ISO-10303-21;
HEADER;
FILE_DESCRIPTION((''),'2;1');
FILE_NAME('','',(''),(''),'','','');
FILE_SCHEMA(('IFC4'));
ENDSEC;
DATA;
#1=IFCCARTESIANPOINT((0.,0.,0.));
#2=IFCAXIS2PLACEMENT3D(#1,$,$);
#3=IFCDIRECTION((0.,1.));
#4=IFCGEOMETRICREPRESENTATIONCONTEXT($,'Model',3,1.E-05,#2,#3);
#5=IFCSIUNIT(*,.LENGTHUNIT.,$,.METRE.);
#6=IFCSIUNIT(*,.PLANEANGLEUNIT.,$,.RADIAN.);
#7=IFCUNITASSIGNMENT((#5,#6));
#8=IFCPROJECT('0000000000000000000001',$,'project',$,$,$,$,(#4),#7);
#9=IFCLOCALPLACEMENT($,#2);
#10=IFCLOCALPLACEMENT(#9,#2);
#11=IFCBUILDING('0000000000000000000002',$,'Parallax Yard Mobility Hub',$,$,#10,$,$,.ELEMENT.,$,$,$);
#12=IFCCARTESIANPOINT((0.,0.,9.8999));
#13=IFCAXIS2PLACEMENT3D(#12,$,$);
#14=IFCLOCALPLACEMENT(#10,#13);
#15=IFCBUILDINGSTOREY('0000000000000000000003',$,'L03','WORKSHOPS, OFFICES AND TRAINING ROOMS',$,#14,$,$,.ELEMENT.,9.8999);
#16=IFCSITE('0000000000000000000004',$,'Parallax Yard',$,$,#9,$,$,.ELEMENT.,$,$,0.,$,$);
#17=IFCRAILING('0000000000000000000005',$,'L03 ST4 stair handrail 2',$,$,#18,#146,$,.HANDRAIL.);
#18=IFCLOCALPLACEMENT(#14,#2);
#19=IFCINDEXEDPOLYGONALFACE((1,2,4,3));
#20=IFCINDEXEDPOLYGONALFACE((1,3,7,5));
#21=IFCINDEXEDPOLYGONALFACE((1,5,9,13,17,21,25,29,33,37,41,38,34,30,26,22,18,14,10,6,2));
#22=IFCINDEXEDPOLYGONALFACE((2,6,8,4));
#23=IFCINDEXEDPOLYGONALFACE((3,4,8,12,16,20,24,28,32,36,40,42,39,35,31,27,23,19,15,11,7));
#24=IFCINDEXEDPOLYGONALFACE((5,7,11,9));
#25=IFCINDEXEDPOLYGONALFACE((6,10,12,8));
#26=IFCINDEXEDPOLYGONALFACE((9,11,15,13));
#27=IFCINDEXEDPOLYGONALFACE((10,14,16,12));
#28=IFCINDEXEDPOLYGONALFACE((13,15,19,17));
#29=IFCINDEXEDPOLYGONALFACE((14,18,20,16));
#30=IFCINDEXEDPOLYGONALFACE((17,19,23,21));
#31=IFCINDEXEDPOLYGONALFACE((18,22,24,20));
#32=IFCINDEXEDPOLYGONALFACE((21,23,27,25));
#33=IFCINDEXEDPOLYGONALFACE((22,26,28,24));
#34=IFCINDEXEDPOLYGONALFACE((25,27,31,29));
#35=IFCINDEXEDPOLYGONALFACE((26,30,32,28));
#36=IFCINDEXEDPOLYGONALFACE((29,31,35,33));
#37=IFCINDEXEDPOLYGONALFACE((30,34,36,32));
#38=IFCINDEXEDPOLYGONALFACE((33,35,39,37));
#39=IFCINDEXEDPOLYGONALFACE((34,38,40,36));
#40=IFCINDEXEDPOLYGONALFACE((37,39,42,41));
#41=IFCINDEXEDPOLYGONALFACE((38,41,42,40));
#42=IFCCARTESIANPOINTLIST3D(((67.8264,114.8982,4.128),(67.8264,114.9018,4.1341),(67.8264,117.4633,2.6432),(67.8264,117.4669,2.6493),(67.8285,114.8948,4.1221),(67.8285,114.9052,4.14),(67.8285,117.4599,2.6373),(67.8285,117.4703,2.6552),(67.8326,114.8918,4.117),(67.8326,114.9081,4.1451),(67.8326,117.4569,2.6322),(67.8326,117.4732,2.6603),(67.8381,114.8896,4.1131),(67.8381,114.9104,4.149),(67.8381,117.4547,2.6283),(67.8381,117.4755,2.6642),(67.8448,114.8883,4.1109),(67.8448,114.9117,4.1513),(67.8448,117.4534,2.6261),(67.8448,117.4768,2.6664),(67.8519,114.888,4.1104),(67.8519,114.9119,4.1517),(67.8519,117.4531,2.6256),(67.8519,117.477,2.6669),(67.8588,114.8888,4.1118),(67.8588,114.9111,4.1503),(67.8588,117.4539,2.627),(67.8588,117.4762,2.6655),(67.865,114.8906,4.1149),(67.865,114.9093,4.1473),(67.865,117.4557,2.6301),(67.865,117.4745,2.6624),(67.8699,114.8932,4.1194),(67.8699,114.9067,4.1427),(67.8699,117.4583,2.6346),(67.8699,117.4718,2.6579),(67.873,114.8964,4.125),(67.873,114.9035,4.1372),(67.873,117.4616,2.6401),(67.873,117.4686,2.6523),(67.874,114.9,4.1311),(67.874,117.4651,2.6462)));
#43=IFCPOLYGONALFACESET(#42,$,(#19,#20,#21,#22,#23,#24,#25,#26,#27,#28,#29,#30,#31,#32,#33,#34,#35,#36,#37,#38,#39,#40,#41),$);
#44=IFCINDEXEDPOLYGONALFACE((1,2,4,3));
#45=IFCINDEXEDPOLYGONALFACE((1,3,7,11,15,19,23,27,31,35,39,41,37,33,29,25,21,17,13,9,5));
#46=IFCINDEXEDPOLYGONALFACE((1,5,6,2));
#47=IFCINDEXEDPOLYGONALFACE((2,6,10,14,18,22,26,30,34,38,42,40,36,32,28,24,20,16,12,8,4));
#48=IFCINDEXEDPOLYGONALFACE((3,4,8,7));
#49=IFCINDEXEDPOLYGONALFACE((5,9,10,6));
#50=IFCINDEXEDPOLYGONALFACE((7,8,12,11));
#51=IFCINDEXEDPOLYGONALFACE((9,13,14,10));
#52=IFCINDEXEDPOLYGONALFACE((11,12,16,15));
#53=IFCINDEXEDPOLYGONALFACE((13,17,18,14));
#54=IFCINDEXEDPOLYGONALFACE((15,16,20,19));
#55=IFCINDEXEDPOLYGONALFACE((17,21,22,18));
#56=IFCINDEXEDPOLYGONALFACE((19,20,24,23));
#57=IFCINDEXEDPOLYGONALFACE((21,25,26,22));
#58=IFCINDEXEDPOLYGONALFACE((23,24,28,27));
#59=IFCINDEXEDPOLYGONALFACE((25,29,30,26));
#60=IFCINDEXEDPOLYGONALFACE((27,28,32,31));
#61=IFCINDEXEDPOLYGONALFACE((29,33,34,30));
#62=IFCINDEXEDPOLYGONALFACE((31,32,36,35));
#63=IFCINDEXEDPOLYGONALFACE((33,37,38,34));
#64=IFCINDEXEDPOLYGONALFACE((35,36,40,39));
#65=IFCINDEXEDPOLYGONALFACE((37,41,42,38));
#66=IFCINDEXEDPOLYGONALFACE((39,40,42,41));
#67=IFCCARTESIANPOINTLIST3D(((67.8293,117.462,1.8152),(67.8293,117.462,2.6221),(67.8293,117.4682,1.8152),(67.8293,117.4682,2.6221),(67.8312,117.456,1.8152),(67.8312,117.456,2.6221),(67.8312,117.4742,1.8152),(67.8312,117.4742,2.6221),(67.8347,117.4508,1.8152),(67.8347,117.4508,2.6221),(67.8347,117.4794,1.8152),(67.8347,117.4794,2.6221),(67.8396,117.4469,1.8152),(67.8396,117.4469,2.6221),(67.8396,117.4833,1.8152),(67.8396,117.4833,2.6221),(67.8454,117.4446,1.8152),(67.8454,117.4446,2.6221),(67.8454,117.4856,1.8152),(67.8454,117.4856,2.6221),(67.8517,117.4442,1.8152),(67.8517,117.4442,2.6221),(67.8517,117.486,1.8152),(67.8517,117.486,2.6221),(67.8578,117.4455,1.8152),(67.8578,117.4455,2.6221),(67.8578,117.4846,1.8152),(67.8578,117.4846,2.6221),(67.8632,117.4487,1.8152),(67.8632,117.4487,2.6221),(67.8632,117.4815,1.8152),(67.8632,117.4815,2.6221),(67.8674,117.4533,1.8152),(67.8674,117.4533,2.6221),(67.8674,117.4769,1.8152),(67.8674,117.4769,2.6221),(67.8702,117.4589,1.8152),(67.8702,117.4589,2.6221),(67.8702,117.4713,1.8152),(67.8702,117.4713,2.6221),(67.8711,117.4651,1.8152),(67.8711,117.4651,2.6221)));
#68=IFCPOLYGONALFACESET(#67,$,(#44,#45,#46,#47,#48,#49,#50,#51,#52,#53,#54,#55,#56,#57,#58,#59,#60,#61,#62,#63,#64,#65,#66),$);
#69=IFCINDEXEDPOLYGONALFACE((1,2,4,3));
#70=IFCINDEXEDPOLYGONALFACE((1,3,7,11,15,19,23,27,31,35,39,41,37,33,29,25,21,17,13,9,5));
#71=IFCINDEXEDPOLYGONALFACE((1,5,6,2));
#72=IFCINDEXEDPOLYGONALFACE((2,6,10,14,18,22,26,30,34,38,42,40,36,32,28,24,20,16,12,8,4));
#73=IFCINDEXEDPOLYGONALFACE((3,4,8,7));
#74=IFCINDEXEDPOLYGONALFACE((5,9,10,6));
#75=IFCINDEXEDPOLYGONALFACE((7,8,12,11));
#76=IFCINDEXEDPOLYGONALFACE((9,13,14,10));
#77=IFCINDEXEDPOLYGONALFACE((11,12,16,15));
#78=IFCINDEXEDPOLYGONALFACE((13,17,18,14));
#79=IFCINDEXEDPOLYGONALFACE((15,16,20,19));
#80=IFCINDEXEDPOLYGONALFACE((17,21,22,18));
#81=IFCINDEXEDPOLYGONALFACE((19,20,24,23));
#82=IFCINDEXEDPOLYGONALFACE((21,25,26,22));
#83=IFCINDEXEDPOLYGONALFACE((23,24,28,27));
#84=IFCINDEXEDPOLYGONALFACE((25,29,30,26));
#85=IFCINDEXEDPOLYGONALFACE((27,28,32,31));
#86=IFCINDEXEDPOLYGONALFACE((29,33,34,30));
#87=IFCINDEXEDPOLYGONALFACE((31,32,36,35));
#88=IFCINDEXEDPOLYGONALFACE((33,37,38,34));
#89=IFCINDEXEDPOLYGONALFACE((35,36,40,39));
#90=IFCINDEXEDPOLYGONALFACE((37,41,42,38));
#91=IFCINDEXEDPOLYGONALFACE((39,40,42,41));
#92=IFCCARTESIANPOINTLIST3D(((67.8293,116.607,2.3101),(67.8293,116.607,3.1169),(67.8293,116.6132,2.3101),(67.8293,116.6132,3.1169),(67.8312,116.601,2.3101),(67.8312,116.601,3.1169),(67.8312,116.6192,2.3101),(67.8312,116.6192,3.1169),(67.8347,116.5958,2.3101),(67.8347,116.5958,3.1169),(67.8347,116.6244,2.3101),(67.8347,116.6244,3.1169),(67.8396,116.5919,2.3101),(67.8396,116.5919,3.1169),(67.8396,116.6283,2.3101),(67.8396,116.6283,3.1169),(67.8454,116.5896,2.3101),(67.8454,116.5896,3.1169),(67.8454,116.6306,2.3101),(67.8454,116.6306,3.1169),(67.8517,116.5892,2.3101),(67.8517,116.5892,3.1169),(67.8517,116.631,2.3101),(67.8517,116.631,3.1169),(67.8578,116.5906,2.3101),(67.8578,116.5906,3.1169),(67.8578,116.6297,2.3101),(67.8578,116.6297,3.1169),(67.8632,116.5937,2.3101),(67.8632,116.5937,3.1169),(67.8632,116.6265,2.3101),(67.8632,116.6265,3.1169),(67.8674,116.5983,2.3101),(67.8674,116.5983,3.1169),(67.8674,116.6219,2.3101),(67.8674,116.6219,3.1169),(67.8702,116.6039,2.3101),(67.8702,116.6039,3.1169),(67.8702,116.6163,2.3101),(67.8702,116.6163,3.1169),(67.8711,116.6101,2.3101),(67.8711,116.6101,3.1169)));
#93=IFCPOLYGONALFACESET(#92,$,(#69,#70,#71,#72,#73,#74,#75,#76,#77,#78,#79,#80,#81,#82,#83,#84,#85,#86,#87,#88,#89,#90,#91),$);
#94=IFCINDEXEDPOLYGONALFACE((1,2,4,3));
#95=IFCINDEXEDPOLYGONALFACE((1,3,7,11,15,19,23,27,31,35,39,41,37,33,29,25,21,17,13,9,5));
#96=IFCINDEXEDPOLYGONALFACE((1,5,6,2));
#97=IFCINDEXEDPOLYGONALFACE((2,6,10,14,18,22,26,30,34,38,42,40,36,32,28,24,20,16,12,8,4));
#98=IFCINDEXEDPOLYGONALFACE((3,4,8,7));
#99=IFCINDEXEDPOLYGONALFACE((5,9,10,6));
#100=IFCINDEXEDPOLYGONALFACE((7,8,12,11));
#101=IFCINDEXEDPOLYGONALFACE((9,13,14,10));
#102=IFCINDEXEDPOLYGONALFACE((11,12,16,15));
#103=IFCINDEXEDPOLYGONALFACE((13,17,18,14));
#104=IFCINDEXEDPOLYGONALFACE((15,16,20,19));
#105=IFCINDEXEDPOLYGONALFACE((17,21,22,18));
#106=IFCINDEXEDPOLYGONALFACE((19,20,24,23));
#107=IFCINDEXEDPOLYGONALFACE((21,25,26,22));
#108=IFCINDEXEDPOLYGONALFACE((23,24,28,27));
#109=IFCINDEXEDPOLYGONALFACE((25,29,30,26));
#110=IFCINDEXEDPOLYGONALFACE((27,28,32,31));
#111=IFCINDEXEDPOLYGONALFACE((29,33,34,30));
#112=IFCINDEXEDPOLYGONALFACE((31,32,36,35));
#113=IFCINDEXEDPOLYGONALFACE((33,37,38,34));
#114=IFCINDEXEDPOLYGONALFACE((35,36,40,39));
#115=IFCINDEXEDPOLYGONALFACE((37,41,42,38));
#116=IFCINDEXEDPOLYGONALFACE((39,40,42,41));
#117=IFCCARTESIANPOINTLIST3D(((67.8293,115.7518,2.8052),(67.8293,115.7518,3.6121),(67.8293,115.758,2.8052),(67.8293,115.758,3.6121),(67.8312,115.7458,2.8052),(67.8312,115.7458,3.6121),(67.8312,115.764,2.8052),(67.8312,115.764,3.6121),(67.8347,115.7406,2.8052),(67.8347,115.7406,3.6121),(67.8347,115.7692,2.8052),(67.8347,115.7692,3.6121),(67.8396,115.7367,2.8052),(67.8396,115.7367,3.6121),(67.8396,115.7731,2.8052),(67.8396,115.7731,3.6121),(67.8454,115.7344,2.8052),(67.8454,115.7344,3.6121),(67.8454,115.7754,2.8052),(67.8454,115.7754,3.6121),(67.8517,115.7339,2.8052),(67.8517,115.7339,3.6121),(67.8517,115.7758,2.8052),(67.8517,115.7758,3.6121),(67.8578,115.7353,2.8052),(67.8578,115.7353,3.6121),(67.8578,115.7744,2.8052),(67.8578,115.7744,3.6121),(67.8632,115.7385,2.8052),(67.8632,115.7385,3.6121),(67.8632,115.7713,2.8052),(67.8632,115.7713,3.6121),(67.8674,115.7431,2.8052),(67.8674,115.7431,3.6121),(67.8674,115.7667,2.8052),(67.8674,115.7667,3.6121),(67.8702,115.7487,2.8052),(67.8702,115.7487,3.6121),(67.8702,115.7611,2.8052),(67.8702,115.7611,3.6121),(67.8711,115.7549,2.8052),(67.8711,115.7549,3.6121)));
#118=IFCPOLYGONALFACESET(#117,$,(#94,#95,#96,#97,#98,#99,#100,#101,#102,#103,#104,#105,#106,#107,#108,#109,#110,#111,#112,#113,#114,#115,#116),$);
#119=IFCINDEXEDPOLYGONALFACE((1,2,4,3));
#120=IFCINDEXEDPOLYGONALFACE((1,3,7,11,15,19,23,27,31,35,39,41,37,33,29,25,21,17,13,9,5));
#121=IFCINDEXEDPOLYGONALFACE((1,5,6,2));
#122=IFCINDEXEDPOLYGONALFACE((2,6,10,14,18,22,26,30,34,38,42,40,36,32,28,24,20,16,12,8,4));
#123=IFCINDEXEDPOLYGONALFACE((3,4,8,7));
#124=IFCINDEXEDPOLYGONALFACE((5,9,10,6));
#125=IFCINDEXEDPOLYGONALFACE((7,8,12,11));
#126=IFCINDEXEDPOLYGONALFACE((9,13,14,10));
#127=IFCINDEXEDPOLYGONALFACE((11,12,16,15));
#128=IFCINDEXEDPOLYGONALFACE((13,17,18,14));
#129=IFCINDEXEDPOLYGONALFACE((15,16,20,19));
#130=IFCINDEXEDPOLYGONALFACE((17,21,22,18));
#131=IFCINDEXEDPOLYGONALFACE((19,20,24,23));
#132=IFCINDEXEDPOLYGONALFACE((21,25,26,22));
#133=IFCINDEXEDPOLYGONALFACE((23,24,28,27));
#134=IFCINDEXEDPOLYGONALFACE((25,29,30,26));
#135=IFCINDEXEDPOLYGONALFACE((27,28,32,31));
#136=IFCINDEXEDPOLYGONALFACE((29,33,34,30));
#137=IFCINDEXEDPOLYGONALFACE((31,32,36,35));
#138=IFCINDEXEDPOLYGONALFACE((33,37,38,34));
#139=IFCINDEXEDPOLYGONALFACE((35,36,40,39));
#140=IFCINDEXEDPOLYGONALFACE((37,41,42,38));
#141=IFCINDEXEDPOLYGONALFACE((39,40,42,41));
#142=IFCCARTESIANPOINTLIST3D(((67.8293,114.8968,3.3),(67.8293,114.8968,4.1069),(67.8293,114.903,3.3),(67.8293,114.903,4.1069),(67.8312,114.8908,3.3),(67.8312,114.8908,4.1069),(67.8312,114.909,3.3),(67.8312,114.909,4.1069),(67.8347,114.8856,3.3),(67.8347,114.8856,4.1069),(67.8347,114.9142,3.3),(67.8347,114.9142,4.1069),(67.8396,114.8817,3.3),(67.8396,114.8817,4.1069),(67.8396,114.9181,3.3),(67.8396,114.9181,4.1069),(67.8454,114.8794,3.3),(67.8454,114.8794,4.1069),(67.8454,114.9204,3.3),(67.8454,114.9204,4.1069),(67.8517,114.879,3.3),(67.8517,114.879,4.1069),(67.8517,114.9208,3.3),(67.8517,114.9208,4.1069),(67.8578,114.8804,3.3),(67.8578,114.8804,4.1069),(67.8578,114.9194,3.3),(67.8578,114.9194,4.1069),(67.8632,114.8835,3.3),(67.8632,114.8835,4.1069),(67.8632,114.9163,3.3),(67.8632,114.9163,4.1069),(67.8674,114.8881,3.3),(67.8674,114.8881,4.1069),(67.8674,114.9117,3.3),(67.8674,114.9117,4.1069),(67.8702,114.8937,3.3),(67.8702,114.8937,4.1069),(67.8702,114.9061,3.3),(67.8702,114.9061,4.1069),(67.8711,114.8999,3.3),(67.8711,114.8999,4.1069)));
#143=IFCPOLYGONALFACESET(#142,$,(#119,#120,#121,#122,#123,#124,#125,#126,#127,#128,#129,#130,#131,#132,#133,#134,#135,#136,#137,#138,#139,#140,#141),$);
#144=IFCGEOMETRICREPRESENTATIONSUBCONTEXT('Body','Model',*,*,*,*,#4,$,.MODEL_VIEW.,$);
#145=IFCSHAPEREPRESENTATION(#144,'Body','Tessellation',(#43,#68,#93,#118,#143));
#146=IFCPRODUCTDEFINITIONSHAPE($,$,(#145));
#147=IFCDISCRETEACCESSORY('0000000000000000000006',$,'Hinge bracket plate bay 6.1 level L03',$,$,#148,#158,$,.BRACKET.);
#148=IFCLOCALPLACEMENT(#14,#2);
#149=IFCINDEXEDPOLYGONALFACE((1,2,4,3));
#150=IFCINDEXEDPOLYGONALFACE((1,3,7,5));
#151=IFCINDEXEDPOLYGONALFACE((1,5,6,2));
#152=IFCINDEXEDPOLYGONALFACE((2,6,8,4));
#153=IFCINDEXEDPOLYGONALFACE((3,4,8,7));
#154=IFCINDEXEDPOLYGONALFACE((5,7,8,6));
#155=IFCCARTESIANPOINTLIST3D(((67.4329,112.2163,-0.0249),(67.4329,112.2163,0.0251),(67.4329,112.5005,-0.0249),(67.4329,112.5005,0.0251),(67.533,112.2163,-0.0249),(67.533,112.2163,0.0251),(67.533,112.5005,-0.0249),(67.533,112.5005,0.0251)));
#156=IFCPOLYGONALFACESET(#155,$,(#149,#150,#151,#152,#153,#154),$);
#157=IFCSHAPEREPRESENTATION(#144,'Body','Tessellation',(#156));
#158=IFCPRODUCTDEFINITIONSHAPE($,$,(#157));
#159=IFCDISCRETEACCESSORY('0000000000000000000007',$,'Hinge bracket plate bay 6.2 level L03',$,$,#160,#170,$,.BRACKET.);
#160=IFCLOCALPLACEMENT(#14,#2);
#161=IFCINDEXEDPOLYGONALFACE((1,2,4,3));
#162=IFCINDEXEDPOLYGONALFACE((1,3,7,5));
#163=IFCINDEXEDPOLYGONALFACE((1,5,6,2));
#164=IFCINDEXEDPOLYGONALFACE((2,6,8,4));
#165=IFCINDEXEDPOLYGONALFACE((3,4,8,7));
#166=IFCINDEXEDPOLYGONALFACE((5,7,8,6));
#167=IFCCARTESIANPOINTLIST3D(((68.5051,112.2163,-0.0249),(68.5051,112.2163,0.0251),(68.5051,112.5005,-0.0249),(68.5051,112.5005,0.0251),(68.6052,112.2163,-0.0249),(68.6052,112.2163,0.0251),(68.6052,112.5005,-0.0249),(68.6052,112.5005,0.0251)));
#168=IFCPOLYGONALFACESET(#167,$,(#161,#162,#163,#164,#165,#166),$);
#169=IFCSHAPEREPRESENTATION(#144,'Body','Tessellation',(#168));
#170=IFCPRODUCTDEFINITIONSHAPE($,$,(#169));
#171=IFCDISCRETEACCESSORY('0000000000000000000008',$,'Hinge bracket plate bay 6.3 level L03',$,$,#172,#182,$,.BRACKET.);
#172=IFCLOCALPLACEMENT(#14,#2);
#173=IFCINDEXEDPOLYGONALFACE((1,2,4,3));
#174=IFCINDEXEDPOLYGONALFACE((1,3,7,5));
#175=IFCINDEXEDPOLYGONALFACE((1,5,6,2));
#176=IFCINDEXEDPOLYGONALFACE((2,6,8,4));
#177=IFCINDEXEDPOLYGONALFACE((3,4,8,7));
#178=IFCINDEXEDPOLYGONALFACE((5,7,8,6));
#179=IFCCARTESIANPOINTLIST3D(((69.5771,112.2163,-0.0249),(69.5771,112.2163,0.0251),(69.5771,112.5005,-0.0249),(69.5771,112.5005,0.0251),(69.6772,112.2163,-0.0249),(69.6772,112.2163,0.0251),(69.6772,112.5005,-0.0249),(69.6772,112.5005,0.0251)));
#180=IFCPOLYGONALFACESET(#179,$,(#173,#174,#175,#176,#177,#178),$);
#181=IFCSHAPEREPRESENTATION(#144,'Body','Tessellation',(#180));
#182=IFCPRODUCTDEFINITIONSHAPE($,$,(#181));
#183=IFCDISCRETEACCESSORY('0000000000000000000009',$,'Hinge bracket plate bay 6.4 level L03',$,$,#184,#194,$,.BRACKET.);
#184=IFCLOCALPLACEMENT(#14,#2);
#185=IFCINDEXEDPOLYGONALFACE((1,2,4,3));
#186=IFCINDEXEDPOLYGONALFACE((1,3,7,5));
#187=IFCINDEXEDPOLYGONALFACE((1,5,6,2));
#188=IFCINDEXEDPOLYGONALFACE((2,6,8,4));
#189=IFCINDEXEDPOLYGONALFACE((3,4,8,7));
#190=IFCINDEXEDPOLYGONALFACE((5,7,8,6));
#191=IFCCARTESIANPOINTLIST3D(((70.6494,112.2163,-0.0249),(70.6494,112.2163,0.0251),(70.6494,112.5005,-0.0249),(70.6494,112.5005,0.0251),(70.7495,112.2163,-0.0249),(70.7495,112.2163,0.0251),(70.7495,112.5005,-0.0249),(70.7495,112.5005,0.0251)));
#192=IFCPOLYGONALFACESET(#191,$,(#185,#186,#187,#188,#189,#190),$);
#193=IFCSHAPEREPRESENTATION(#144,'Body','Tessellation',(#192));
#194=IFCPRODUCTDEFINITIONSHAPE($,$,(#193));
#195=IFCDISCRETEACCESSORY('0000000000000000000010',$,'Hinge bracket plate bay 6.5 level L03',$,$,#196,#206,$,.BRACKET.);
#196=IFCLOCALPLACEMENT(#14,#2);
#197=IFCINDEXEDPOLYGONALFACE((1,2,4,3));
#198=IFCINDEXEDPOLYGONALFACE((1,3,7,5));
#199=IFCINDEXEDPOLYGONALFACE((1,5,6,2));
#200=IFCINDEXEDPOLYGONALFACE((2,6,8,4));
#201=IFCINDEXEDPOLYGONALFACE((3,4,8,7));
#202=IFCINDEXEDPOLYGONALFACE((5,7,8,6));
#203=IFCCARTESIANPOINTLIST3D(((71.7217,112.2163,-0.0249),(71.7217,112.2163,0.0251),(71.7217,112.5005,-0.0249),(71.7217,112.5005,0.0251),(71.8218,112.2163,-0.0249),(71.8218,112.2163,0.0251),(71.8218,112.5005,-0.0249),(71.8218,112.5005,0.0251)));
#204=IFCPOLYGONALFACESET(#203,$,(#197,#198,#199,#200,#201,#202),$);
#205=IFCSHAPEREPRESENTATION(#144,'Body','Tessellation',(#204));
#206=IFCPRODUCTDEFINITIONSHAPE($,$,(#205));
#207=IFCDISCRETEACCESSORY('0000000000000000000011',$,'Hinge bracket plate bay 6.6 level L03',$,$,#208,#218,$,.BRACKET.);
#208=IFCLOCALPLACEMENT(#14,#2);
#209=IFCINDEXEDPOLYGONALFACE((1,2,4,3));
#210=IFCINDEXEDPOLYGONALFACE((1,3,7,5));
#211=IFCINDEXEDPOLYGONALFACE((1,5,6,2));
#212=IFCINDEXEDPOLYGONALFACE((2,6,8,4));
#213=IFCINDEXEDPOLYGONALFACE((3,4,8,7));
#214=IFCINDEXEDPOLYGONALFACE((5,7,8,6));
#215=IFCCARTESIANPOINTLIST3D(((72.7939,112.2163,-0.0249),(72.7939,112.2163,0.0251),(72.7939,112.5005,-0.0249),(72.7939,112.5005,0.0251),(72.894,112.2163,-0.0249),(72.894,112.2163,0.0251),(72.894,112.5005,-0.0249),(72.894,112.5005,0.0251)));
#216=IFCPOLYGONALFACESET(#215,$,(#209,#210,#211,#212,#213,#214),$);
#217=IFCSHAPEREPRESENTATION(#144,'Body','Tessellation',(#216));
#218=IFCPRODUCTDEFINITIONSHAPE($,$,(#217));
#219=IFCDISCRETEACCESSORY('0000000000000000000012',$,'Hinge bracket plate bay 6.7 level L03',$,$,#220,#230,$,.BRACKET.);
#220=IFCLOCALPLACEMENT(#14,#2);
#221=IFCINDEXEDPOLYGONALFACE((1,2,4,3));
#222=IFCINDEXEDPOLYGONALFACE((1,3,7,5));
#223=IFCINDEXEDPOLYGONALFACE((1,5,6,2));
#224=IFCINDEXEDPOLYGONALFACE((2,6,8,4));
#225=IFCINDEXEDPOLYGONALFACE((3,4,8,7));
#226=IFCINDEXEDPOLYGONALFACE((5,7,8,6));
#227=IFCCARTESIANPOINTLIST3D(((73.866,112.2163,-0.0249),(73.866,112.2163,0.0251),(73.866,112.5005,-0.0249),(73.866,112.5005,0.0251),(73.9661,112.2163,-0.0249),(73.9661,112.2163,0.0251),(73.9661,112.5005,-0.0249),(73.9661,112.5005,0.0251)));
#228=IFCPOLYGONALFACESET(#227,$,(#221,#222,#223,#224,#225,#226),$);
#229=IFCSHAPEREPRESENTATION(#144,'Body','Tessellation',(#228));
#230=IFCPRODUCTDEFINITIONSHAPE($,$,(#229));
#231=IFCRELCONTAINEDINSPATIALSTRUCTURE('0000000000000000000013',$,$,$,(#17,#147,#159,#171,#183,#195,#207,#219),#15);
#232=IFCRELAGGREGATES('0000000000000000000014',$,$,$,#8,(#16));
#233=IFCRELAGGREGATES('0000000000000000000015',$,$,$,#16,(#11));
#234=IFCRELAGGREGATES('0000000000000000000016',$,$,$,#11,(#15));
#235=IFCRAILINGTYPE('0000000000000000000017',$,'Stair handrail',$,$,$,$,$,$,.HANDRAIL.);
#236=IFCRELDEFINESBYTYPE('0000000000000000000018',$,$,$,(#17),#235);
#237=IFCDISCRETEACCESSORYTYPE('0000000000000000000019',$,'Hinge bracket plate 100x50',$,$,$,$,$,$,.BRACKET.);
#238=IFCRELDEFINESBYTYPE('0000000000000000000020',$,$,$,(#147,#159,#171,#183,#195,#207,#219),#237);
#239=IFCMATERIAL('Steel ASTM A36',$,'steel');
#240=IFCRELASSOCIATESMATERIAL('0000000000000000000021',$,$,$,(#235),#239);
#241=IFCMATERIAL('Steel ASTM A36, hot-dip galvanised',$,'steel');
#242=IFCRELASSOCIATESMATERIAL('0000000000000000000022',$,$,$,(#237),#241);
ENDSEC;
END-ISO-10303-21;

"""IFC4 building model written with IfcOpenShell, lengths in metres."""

from ifc_helpers import new_model, si_unit, direction, frame, origin, origin_2d, place, context, subcontext, project, spatial, rectangle, circle, extrude, material, type_object, element, save


model = new_model("IFC4")

# Units and contexts
model_context = context("Model", 3, precision=1e-05, world=origin(), true_north=direction((0.0, 1.0)))
body_context = subcontext(model_context, "Body", "Model", "MODEL_VIEW")
ifc_project = project(units=[si_unit("LENGTHUNIT", "METRE"), si_unit("PLANEANGLEUNIT", "RADIAN")], contexts=[model_context])

# Site, building, storey
site_placement = place(None, origin())
site = spatial("IfcSite", under=ifc_project, at=site_placement, Name="Parallax Yard", CompositionType="ELEMENT", RefElevation=0.0)
building_placement = place(site_placement, origin())
building = spatial("IfcBuilding", under=site, at=building_placement, Name="Parallax Yard Mobility Hub", CompositionType="ELEMENT")
storey_placement = place(building_placement, frame((0.0, 0.0, 9.8999)))
storey = spatial("IfcBuildingStorey", under=building, at=storey_placement, Name="L03", Description="WORKSHOPS, OFFICES AND TRAINING ROOMS", CompositionType="ELEMENT", Elevation=9.8999)

# Railing
ifc_material_1 = material(Name="Steel ASTM A36", Category="steel")
railing_type_1 = type_object("IfcRailingType", Name="Stair handrail", PredefinedType="HANDRAIL", material=ifc_material_1)
railing_1_placement = place(storey_placement, frame((67.8501, 117.4651, 1.8152)))
element("IfcRailing", 1, at=railing_1_placement, inside=storey, type_object=railing_type_1, Name="L03 ST4 stair handrail 2", PredefinedType="HANDRAIL", context=body_context, shape_type="SweptSolid", body=[
    extrude(circle(Radius=0.0239, at=origin_2d()), frame((0.0, 0.0, 0.8311), z_axis=(0.0, -0.865462, 0.500975), x_axis=(1.0, 0.0, 0.0)), (0.0, 0.0, 1.0), 2.9639),
    extrude(circle(Radius=0.021, at=origin_2d()), origin(), (0.0, 0.0, 1.0), 0.8069),
    extrude(circle(Radius=0.021, at=origin_2d()), frame((0.0, -0.855, 0.4949)), (0.0, 0.0, 1.0), 0.8069),
    extrude(circle(Radius=0.021, at=origin_2d()), frame((0.0, -1.7102, 0.99)), (0.0, 0.0, 1.0), 0.8069),
    extrude(circle(Radius=0.021, at=origin_2d()), frame((0.0, -2.5652, 1.4849)), (0.0, 0.0, 1.0), 0.8069),
])

# Discrete accessories
ifc_material_2 = material(Name="Steel ASTM A36, hot-dip galvanised", Category="steel")
discrete_accessory_type_1 = type_object("IfcDiscreteAccessoryType", Name="Hinge bracket plate 100x50", PredefinedType="BRACKET", material=ifc_material_2)
for number, where, z_axis, x_axis, name in (
    (2, (67.4829, 112.3584, -0.0249), (0.0, 0.0, 1.0), (0.0, -1.0, 0.0), "Hinge bracket plate bay 6.1 level L03"),
    (3, (68.5552, 112.3584, -0.0249), (0.0, 0.0, 1.0), (0.0, -1.0, 0.0), "Hinge bracket plate bay 6.2 level L03"),
    (4, (69.6272, 112.3584, -0.0249), (0.0, 0.0, 1.0), (0.0, -1.0, 0.0), "Hinge bracket plate bay 6.3 level L03"),
    (5, (70.6995, 112.3584, -0.0249), (0.0, 0.0, 1.0), (0.0, -1.0, 0.0), "Hinge bracket plate bay 6.4 level L03"),
    (6, (71.7717, 112.3584, -0.0249), (0.0, 0.0, 1.0), (0.0, -1.0, 0.0), "Hinge bracket plate bay 6.5 level L03"),
    (7, (72.844, 112.3584, -0.0249), (0.0, 0.0, 1.0), (0.0, -1.0, 0.0), "Hinge bracket plate bay 6.6 level L03"),
    (8, (73.916, 112.3584, -0.0249), (0.0, 0.0, 1.0), (0.0, -1.0, 0.0), "Hinge bracket plate bay 6.7 level L03"),
):
    element("IfcDiscreteAccessory", number, at=place(storey_placement, frame(where, z_axis=z_axis, x_axis=x_axis)), inside=storey, type_object=discrete_accessory_type_1, Name=name, PredefinedType="BRACKET", context=body_context, shape_type="SweptSolid", body=[
        extrude(rectangle(XDim=0.2842, YDim=0.1001, at=origin_2d()), origin(), (0.0, 0.0, 1.0), 0.05),
    ])

save(model, "model.ifc")
